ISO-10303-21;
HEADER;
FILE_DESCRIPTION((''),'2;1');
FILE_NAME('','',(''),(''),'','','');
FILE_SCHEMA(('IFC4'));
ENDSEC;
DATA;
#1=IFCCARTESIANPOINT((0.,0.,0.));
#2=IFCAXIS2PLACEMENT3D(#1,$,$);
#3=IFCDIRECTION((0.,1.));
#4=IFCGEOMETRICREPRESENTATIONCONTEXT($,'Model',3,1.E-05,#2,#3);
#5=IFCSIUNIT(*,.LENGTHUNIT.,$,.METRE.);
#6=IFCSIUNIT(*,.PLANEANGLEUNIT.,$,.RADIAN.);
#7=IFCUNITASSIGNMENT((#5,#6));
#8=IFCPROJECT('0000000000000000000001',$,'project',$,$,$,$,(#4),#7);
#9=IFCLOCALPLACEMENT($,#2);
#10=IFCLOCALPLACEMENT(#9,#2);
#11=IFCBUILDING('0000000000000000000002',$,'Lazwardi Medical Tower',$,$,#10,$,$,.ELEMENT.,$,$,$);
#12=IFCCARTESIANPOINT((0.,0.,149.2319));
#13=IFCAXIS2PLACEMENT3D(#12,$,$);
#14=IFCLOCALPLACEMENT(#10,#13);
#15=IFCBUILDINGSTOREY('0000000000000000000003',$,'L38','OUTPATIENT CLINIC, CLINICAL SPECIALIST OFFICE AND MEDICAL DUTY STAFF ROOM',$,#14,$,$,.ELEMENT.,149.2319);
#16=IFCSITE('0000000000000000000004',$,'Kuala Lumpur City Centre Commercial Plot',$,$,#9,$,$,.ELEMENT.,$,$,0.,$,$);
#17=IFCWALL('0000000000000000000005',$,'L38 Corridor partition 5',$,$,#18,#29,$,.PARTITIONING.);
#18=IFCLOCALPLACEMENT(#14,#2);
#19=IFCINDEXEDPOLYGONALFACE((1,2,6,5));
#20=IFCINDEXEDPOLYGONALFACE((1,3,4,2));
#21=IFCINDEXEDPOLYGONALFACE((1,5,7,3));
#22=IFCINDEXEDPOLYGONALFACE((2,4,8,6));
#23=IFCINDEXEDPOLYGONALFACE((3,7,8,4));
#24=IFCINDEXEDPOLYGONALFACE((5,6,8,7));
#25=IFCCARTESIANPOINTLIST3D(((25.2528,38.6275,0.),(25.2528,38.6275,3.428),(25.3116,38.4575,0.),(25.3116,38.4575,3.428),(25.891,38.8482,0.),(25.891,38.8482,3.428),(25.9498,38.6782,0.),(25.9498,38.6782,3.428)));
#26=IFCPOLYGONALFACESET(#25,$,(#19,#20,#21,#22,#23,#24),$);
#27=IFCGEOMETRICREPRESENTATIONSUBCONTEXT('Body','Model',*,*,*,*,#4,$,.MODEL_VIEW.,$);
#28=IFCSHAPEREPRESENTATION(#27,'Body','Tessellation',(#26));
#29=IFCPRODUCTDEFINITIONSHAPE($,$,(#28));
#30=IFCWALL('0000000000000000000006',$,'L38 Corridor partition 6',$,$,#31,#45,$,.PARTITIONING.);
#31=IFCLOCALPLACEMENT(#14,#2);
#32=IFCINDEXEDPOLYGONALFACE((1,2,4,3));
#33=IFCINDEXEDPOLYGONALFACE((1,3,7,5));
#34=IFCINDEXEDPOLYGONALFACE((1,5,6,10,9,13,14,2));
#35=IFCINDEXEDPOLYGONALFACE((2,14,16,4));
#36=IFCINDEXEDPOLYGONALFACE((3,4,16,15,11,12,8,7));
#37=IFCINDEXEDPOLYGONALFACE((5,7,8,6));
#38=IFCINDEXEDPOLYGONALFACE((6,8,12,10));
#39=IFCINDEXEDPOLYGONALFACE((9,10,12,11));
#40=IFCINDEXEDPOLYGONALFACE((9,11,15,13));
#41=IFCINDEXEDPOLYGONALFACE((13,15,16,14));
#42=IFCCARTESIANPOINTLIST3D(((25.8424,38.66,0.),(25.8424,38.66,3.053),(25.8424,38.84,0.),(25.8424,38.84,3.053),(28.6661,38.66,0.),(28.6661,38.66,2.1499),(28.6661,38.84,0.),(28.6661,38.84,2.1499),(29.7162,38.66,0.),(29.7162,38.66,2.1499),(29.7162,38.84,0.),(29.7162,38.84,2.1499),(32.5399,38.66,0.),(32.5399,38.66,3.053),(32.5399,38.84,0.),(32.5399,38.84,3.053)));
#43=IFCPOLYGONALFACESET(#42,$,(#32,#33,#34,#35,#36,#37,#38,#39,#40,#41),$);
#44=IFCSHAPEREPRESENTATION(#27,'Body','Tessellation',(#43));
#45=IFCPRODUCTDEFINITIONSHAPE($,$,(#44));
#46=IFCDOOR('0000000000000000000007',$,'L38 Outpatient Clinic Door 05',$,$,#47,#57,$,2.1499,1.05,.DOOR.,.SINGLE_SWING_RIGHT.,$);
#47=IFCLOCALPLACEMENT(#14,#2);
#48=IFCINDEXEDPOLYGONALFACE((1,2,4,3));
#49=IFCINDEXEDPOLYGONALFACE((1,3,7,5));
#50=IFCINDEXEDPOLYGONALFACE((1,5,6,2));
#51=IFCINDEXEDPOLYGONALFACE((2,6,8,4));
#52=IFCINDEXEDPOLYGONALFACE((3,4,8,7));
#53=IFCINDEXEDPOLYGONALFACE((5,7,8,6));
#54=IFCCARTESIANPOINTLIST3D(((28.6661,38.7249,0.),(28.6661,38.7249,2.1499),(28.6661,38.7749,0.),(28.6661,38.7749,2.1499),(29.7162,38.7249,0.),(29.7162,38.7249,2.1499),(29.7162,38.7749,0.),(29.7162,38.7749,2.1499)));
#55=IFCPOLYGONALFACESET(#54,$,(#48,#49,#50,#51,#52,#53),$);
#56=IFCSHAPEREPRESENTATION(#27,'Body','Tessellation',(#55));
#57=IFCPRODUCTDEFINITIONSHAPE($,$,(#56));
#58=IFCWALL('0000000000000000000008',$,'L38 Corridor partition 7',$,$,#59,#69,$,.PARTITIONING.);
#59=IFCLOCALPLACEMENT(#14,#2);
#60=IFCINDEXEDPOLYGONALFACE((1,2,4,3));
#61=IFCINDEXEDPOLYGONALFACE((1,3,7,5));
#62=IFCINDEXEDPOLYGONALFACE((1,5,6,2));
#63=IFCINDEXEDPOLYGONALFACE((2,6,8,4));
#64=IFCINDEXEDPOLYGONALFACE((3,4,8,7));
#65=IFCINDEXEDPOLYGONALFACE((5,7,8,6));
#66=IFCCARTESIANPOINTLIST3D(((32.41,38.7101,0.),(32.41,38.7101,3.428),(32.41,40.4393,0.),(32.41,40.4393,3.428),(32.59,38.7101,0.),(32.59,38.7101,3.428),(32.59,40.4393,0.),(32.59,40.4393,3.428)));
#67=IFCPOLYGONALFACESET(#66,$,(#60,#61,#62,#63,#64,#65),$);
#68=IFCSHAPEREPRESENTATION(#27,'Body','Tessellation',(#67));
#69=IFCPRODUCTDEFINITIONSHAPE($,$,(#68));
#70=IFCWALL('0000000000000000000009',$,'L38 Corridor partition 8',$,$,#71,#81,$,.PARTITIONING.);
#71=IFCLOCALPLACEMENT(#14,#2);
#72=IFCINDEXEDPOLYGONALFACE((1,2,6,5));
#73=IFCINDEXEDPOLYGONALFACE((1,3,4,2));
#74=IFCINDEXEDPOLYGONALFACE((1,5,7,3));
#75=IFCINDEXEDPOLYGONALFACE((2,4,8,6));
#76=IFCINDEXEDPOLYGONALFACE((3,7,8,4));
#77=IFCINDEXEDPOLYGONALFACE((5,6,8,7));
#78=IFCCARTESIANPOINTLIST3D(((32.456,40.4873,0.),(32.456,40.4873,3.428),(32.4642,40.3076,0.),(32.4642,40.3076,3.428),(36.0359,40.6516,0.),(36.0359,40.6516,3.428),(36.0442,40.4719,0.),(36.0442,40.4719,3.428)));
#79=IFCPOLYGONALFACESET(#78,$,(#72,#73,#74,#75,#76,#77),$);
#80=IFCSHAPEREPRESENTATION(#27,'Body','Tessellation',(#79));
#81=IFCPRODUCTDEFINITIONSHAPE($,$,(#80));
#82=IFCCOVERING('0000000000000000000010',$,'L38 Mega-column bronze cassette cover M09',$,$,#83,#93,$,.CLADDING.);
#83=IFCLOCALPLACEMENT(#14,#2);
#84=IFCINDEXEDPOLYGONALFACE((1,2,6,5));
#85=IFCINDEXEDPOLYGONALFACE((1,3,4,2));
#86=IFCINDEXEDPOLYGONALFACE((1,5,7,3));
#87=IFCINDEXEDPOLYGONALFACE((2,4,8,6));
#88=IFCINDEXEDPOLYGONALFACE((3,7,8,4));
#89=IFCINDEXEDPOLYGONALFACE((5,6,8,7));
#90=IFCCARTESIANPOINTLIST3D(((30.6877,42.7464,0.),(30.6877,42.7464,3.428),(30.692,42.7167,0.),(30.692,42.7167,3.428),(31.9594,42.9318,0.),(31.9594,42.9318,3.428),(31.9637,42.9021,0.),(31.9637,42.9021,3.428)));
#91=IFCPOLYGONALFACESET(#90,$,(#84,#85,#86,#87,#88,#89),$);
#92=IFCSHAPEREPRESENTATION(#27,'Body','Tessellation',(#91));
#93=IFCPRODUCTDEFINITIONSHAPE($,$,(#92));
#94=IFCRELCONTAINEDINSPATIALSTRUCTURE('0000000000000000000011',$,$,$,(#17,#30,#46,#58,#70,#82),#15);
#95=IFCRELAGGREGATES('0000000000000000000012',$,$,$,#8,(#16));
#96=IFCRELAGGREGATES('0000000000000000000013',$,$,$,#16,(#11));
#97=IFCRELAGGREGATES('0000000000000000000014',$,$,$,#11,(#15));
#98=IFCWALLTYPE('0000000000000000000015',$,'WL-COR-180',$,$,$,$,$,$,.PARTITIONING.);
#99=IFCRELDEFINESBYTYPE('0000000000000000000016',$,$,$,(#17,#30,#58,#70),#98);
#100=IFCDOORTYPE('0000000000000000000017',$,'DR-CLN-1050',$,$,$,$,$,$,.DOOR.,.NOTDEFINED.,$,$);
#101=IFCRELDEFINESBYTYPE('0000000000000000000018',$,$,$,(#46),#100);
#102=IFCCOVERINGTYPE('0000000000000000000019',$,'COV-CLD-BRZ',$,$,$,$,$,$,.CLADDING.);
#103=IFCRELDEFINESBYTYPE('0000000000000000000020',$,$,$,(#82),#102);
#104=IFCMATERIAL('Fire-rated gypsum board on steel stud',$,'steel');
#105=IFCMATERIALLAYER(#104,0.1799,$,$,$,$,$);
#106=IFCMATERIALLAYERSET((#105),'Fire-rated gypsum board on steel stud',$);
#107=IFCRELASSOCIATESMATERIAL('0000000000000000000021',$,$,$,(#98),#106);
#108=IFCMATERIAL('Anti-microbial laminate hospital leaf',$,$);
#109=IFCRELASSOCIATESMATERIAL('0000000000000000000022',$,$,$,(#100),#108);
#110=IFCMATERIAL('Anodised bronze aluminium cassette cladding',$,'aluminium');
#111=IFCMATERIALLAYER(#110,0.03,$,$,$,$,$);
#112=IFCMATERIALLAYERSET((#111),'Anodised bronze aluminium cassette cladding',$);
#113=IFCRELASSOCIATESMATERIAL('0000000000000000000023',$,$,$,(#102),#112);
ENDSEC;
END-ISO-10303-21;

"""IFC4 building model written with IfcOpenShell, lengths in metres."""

from ifc_helpers import new_model, si_unit, direction, frame, frame_2d, origin, origin_2d, place, context, subcontext, project, spatial, rectangle, extrude, material, layer, layer_set, type_object, element, fill, save


model = new_model("IFC4")

# Units and contexts
model_context = context("Model", 3, precision=1e-05, world=origin(), true_north=direction((0.0, 1.0)))
body_context = subcontext(model_context, "Body", "Model", "MODEL_VIEW")
ifc_project = project(units=[si_unit("LENGTHUNIT", "METRE"), si_unit("PLANEANGLEUNIT", "RADIAN")], contexts=[model_context])

# Site, building, storey
site_placement = place(None, origin())
site = spatial("IfcSite", under=ifc_project, at=site_placement, Name="Kuala Lumpur City Centre Commercial Plot", CompositionType="ELEMENT", RefElevation=0.0)
building_placement = place(site_placement, origin())
building = spatial("IfcBuilding", under=site, at=building_placement, Name="Lazwardi Medical Tower", CompositionType="ELEMENT")
storey_placement = place(building_placement, frame((0.0, 0.0, 149.2319)))
storey = spatial("IfcBuildingStorey", under=building, at=storey_placement, Name="L38", Description="OUTPATIENT CLINIC, CLINICAL SPECIALIST OFFICE AND MEDICAL DUTY STAFF ROOM", CompositionType="ELEMENT", Elevation=149.2319)

# Wall
ifc_material_1 = material(Name="Fire-rated gypsum board on steel stud", Category="steel")
ifc_layer_1 = layer(ifc_material_1, 0.1799)
ifc_layer_set_1 = layer_set([ifc_layer_1], Name="Fire-rated gypsum board on steel stud")
wall_type = type_object("IfcWallType", Name="WL-COR-180", PredefinedType="PARTITIONING", material=ifc_layer_set_1)
wall_1_placement = place(storey_placement, frame((25.2822, 38.5425, 0.0), z_axis=(0.0, 0.0, 1.0), x_axis=(0.945081, 0.326837, 0.0)))
element("IfcWall", 1, at=wall_1_placement, inside=storey, type_object=wall_type, Name="L38 Corridor partition 5", PredefinedType="PARTITIONING", context=body_context, shape_type="SweptSolid", body=[
    extrude(rectangle(XDim=0.6753, YDim=0.1799, at=frame_2d((0.3376, 0.0))), origin(), (0.0, 0.0, 1.0), 3.428),
])

# Wall, opening, door
wall_2_placement = place(storey_placement, frame((25.8425, 38.75, 0.0), z_axis=(0.0, 0.0, 1.0), x_axis=(1.0, 0.0, 0.0)))
wall_2 = element("IfcWall", 2, at=wall_2_placement, inside=storey, type_object=wall_type, Name="L38 Corridor partition 6", PredefinedType="PARTITIONING", context=body_context, shape_type="SweptSolid", body=[
    extrude(rectangle(XDim=6.6975, YDim=0.1799, at=frame_2d((3.3486, 0.0))), origin(), (0.0, 0.0, 1.0), 3.053),
])
opening_placement = place(wall_2_placement, frame((2.8237, 0.0, 0.0)))
opening = element("IfcOpeningElement", 3, at=opening_placement, cuts=wall_2, PredefinedType="OPENING", context=body_context, shape_type="SweptSolid", body=[
    extrude(rectangle(XDim=1.05, YDim=2.1499, at=frame_2d((0.5249, 1.075))), frame((0.0, 0.0999, 0.0), z_axis=(0.0, -1.0, 0.0), x_axis=(1.0, 0.0, 0.0)), (0.0, 0.0, 1.0), 0.2),
])
ifc_material_2 = material(Name="Anti-microbial laminate hospital leaf")
door_type = type_object("IfcDoorType", Name="DR-CLN-1050", OperationType="NOTDEFINED", PredefinedType="DOOR", material=ifc_material_2)
door_placement = place(opening_placement, origin())
door = element("IfcDoor", 4, at=door_placement, inside=storey, type_object=door_type, Name="L38 Outpatient Clinic Door 05", OperationType="SINGLE_SWING_RIGHT", OverallHeight=2.1499, OverallWidth=1.05, PredefinedType="DOOR", context=body_context, shape_type="SweptSolid", body=[
    extrude(rectangle(XDim=1.05, YDim=2.1499, at=frame_2d((0.5249, 1.075))), frame((0.0, 0.0249, 0.0), z_axis=(0.0, -1.0, 0.0), x_axis=(1.0, 0.0, 0.0)), (0.0, 0.0, 1.0), 0.05),
])
fill(opening, door)

# Walls
wall_3_placement = place(storey_placement, frame((32.5, 38.71, 0.0), z_axis=(0.0, 0.0, 1.0), x_axis=(0.0, 1.0, 0.0)))
element("IfcWall", 5, at=wall_3_placement, inside=storey, type_object=wall_type, Name="L38 Corridor partition 7", PredefinedType="PARTITIONING", context=body_context, shape_type="SweptSolid", body=[
    extrude(rectangle(XDim=1.7292, YDim=0.1799, at=frame_2d((0.8647, 0.0))), origin(), (0.0, 0.0, 1.0), 3.428),
])
wall_4_placement = place(storey_placement, frame((32.46, 40.3975, 0.0), z_axis=(0.0, 0.0, 1.0), x_axis=(0.998948, 0.045846, 0.0)))
element("IfcWall", 6, at=wall_4_placement, inside=storey, type_object=wall_type, Name="L38 Corridor partition 8", PredefinedType="PARTITIONING", context=body_context, shape_type="SweptSolid", body=[
    extrude(rectangle(XDim=3.5837, YDim=0.1799, at=frame_2d((1.792, 0.0))), origin(), (0.0, 0.0, 1.0), 3.428),
])

# Covering
ifc_material_3 = material(Name="Anodised bronze aluminium cassette cladding", Category="aluminium")
ifc_layer_2 = layer(ifc_material_3, 0.03)
ifc_layer_set_2 = layer_set([ifc_layer_2], Name="Anodised bronze aluminium cassette cladding")
covering_type = type_object("IfcCoveringType", Name="COV-CLD-BRZ", PredefinedType="CLADDING", material=ifc_layer_set_2)
covering_placement = place(storey_placement, frame((31.3257, 42.8242, 0.0), z_axis=(0.0, 0.0, 1.0), x_axis=(-0.989539, -0.144265, 0.0)))
element("IfcCovering", 7, at=covering_placement, inside=storey, type_object=covering_type, Name="L38 Mega-column bronze cassette cover M09", PredefinedType="CLADDING", context=body_context, shape_type="SweptSolid", body=[
    extrude(rectangle(XDim=1.2852, YDim=0.03, at=origin_2d()), origin(), (0.0, 0.0, 1.0), 3.428),
])

save(model, "model.ifc")
